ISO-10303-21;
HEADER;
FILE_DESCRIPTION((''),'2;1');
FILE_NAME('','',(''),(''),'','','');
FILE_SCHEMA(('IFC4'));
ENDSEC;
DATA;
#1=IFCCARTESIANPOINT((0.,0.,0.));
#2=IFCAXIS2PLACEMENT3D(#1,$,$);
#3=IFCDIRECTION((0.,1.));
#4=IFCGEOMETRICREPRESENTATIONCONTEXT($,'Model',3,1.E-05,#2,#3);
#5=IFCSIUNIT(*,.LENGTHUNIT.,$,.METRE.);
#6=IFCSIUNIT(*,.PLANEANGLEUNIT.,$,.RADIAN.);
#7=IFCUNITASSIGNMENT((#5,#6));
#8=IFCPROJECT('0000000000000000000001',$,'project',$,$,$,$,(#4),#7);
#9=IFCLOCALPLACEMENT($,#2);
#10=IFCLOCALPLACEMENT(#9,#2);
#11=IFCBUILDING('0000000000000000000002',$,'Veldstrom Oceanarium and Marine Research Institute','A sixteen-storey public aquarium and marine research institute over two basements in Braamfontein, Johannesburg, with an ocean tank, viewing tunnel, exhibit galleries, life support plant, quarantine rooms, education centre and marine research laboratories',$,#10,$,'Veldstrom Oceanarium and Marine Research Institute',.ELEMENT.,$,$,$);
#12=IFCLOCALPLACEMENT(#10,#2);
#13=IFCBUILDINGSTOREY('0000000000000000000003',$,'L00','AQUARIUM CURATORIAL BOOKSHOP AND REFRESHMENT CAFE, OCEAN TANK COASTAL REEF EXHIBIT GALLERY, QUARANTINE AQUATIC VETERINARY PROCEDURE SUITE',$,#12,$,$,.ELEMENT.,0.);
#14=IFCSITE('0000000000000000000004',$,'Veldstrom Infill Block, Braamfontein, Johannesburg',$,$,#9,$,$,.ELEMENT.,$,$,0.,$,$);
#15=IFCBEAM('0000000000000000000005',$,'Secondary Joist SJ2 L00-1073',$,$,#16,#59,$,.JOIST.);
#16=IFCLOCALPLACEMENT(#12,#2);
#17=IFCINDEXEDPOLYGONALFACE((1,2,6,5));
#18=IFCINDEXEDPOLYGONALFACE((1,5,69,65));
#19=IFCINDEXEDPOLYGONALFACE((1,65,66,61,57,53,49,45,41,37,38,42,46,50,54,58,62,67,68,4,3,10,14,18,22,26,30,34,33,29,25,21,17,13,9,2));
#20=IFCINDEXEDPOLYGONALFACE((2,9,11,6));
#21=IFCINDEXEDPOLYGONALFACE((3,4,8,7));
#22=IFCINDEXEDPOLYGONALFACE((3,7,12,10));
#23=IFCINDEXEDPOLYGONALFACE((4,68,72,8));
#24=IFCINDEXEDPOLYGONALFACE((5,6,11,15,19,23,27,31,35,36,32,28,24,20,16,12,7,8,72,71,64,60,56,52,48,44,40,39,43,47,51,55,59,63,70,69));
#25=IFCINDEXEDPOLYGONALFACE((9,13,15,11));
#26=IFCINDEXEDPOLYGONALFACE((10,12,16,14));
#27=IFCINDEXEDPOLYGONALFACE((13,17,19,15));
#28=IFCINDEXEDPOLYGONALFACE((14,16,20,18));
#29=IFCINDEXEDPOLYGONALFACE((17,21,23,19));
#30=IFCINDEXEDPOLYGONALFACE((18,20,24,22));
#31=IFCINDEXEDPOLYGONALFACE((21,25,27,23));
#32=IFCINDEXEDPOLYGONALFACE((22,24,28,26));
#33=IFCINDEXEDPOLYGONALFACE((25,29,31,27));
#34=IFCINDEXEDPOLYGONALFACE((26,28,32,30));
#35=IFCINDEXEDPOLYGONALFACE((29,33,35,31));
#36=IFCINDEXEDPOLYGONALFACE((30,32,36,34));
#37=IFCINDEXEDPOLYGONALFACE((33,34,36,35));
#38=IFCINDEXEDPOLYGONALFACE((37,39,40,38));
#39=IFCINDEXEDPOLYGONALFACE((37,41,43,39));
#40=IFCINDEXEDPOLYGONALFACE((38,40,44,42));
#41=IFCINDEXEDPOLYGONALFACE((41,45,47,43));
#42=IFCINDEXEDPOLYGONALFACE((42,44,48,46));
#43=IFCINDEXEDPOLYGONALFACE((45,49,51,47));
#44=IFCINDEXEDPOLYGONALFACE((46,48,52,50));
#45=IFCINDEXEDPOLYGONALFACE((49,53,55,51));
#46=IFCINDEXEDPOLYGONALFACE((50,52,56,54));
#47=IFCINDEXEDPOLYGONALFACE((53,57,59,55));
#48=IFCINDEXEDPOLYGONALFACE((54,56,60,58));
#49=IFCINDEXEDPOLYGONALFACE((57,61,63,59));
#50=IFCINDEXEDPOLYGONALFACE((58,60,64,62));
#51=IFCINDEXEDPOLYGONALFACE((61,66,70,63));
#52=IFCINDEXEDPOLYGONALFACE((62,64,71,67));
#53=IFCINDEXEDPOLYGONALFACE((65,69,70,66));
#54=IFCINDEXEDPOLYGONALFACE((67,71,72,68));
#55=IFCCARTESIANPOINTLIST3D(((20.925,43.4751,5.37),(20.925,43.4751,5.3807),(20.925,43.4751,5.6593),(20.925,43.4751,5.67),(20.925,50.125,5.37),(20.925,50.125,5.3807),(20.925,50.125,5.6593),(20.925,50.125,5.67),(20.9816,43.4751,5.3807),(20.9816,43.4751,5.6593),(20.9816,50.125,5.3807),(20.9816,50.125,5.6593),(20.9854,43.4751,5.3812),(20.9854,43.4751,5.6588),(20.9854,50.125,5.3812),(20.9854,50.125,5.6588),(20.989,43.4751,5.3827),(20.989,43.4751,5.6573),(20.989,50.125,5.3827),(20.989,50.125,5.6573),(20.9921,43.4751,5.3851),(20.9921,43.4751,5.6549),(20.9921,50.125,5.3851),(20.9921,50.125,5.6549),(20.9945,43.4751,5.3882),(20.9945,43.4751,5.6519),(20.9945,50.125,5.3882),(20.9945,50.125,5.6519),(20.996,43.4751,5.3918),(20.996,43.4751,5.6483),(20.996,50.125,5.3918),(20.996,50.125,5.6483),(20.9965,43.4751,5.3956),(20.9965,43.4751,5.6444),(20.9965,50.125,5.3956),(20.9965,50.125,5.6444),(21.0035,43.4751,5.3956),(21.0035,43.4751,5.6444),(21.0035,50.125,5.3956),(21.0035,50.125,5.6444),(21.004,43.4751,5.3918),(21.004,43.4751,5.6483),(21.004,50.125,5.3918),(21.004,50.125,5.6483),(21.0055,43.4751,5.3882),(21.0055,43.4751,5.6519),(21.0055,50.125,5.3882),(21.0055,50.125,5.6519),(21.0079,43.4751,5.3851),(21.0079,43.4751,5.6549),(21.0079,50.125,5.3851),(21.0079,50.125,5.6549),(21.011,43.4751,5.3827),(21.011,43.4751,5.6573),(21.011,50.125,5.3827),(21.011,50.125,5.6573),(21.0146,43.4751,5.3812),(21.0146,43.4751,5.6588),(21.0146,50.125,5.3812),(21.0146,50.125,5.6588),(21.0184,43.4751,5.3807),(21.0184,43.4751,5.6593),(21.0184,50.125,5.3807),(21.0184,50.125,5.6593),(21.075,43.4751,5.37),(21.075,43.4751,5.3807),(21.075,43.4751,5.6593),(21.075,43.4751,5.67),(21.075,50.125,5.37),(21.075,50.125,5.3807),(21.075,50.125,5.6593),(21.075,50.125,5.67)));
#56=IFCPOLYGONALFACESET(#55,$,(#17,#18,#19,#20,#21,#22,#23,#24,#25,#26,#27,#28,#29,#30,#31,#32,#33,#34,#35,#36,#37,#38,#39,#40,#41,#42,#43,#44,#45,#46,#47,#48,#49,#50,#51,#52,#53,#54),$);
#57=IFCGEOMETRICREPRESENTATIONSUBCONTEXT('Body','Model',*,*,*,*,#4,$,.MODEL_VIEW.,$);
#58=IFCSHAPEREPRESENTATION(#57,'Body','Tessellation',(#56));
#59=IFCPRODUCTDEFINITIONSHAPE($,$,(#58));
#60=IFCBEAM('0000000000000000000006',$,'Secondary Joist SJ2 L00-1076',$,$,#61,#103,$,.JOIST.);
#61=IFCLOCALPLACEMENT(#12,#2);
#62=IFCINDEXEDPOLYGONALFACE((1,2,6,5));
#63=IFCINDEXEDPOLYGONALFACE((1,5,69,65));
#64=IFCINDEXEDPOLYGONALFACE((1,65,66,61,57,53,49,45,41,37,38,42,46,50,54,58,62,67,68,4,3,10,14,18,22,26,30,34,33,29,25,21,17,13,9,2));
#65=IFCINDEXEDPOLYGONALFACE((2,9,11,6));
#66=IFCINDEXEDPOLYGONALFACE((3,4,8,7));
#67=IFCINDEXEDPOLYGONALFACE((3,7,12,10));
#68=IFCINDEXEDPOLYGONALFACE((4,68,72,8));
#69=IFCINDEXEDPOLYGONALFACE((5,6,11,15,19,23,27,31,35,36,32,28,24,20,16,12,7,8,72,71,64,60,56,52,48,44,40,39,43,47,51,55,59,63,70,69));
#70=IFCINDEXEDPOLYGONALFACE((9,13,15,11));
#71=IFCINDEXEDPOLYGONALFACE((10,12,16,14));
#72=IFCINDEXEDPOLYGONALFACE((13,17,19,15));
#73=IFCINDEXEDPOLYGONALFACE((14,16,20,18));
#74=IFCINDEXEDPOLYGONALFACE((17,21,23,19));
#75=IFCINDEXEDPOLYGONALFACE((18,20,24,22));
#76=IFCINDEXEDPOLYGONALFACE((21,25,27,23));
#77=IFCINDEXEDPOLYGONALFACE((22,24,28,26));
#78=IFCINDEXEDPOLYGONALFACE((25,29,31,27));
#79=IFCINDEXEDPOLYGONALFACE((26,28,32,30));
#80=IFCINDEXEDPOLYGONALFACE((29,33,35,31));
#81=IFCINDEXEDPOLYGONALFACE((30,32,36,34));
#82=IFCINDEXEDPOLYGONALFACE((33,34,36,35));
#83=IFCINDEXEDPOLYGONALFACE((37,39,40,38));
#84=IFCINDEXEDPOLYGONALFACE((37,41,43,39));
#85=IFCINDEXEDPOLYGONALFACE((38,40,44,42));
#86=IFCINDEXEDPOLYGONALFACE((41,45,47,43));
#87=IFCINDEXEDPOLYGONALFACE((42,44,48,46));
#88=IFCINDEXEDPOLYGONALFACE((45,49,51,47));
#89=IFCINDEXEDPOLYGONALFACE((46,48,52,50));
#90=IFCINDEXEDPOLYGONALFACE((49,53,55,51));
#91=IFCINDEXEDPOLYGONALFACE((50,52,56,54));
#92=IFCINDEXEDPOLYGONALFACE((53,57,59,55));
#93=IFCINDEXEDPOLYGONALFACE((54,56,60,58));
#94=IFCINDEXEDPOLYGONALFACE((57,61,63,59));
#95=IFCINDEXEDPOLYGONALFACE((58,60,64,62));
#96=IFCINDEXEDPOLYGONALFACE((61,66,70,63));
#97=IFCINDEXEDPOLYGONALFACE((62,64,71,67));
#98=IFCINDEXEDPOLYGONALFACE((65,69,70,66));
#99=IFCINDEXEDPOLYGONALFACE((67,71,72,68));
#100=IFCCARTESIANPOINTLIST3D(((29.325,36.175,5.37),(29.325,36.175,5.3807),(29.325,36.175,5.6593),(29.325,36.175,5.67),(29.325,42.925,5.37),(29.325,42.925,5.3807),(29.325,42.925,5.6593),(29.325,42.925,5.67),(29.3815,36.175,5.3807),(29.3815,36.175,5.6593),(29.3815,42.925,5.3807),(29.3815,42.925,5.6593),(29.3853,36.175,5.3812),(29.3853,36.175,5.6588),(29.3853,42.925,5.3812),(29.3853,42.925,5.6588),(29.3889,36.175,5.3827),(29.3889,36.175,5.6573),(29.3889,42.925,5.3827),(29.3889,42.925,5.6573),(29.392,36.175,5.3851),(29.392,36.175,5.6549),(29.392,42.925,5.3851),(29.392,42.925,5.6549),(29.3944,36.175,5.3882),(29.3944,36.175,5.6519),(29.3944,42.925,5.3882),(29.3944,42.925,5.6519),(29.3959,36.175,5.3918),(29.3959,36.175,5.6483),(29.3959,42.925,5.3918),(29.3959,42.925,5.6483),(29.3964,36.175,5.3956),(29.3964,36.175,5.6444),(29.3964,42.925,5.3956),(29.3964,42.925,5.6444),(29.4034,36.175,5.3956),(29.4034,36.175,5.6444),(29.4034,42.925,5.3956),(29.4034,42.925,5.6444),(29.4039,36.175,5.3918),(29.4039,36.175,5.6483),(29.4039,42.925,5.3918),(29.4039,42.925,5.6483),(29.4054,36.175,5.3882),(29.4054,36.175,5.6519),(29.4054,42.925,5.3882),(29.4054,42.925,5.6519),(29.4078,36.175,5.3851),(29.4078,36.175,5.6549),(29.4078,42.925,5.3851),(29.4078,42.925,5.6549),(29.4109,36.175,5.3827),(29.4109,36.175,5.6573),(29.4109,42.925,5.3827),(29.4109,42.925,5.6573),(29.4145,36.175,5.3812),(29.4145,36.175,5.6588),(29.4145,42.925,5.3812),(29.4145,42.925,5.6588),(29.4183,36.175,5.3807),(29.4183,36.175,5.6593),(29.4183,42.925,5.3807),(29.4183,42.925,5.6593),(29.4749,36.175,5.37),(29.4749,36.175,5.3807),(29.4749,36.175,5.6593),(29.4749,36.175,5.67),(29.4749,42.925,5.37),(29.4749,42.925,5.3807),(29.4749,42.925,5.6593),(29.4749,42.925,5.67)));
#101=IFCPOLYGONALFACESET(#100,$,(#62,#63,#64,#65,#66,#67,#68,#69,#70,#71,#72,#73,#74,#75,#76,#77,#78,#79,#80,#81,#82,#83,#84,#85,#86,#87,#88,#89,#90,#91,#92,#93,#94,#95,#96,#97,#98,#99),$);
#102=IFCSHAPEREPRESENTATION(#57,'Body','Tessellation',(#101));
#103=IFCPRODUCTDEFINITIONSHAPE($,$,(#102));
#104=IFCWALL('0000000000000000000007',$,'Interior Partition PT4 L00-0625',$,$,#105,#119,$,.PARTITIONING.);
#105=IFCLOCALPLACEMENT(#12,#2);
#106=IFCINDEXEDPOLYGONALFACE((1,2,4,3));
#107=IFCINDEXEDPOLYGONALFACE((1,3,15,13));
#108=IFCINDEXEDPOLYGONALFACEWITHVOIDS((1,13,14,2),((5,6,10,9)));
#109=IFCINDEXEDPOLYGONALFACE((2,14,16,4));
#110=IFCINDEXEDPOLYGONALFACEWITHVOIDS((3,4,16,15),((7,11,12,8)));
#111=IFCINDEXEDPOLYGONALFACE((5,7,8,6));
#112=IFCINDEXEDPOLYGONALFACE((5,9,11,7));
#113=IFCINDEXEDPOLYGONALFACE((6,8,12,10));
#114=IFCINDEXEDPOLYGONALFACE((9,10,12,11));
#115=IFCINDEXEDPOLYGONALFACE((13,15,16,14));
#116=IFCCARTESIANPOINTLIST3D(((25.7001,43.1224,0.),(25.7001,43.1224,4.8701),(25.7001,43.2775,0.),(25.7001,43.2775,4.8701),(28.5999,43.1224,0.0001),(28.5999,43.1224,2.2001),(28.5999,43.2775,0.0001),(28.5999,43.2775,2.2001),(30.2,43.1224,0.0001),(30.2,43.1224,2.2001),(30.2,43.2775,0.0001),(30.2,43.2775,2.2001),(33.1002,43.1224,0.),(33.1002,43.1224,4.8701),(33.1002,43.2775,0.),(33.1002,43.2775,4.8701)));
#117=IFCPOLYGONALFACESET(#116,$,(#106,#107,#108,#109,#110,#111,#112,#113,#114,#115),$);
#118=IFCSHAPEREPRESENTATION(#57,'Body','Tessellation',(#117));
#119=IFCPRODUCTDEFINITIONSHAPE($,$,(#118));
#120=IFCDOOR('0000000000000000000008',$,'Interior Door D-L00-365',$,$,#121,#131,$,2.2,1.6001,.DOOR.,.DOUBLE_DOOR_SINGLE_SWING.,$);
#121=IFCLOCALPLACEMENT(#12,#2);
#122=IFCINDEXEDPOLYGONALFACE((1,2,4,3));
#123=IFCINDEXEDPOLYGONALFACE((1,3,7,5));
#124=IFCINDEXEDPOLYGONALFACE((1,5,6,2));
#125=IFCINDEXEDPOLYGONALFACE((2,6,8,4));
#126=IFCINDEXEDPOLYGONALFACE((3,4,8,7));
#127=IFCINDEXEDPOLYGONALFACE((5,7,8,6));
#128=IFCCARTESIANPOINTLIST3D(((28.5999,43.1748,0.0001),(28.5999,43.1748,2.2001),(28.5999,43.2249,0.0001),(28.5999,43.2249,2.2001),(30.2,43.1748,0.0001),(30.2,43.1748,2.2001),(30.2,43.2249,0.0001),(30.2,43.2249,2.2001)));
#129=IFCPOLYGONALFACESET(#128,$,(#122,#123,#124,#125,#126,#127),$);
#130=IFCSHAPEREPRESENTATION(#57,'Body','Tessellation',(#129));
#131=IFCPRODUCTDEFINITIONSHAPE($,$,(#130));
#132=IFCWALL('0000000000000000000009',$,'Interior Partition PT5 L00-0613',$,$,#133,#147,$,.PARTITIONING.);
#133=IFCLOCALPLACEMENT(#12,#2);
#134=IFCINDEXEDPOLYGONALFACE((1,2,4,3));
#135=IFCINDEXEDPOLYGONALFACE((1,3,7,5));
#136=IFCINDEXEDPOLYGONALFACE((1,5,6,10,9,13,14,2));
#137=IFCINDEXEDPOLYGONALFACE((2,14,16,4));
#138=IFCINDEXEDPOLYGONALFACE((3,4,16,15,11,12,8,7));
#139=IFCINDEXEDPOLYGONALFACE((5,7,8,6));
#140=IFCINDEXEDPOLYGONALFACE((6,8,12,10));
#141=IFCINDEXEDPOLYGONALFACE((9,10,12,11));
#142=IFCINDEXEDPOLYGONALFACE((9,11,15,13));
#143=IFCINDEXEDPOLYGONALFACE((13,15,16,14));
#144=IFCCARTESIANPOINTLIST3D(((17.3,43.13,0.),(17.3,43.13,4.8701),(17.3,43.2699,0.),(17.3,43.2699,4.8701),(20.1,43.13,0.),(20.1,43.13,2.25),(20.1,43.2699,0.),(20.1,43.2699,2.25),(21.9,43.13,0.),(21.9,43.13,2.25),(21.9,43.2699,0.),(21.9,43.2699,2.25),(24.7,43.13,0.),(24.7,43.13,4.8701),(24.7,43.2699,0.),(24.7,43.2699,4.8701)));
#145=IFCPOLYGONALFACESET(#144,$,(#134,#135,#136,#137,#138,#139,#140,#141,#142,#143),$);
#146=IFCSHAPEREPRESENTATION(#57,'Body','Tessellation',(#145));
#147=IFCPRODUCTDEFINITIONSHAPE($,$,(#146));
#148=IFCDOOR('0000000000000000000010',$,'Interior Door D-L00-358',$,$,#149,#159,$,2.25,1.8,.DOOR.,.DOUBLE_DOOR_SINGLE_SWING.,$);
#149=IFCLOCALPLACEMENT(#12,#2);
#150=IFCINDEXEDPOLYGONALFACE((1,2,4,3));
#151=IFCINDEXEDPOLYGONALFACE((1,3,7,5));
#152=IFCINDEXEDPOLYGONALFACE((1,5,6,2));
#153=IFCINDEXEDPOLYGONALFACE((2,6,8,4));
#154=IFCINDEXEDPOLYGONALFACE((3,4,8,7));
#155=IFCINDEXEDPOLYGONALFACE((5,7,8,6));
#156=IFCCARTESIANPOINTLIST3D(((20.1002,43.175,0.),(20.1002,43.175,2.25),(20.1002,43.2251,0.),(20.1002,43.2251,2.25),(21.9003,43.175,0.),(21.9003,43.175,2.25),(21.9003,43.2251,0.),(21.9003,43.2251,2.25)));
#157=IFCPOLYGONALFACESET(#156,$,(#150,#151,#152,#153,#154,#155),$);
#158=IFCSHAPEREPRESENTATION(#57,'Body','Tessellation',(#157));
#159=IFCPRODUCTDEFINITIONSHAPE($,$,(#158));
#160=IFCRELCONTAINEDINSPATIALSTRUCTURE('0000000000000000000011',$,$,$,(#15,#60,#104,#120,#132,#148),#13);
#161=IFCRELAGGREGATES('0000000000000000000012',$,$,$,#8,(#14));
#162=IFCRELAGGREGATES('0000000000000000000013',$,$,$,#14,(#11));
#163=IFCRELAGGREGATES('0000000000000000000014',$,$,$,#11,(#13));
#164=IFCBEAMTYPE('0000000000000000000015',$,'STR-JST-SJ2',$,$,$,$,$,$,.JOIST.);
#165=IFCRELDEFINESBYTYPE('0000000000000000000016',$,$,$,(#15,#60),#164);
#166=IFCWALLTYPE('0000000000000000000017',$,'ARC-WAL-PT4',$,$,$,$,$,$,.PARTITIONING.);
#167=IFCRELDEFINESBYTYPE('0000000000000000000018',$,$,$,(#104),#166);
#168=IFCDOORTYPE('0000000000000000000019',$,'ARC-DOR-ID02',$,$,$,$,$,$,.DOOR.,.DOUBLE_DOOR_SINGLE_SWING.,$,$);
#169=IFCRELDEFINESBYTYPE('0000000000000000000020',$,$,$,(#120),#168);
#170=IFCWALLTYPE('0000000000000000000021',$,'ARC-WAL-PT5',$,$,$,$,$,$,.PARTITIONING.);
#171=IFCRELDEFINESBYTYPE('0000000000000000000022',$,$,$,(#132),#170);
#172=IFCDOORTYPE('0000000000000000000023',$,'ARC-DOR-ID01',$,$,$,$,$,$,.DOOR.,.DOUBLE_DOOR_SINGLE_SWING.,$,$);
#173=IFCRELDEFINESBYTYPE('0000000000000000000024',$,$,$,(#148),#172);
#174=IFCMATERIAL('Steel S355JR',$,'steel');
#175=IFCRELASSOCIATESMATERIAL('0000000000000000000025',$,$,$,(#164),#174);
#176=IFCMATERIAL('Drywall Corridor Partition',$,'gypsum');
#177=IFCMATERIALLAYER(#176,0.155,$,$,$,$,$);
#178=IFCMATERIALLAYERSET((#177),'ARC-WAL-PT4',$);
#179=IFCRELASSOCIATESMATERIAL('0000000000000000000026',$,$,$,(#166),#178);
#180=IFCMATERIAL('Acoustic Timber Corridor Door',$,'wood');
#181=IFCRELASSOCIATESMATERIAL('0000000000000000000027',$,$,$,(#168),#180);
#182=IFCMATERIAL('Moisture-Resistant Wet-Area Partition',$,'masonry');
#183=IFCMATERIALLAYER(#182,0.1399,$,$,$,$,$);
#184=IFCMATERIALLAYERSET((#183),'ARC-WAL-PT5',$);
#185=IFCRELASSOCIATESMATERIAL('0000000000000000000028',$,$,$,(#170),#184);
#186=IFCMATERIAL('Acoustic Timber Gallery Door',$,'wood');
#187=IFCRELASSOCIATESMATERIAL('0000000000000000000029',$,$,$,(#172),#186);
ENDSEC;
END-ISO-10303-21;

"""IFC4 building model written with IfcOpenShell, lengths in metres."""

from ifc_helpers import new_model, si_unit, direction, frame, frame_2d, origin, origin_2d, place, context, subcontext, project, spatial, rectangle, i_section, extrude, material, layer, layer_set, material_profile, profile_set, type_object, element, fill, save


model = new_model("IFC4")

# Units and contexts
model_context = context("Model", 3, precision=1e-05, world=origin(), true_north=direction((0.0, 1.0)))
body_context = subcontext(model_context, "Body", "Model", "MODEL_VIEW")
ifc_project = project(units=[si_unit("LENGTHUNIT", "METRE"), si_unit("PLANEANGLEUNIT", "RADIAN")], contexts=[model_context])

# Site, building, storey
site_placement = place(None, origin())
site = spatial("IfcSite", under=ifc_project, at=site_placement, Name="Veldstrom Infill Block, Braamfontein, Johannesburg", CompositionType="ELEMENT", RefElevation=0.0)
building_placement = place(site_placement, origin())
building = spatial("IfcBuilding", under=site, at=building_placement, Name="Veldstrom Oceanarium and Marine Research Institute", Description="A sixteen-storey public aquarium and marine research institute over two basements in Braamfontein, Johannesburg, with an ocean tank, viewing tunnel, exhibit galleries, life support plant, quarantine rooms, education centre and marine research laboratories", LongName="Veldstrom Oceanarium and Marine Research Institute", CompositionType="ELEMENT")
storey_placement = place(building_placement, origin())
storey = spatial("IfcBuildingStorey", under=building, at=storey_placement, Name="L00", Description="AQUARIUM CURATORIAL BOOKSHOP AND REFRESHMENT CAFE, OCEAN TANK COASTAL REEF EXHIBIT GALLERY, QUARANTINE AQUATIC VETERINARY PROCEDURE SUITE", CompositionType="ELEMENT", Elevation=0.0)

# Beams
ifc_material_1 = material(Name="Steel S355JR", Category="steel")
ifc_material_profile_1 = material_profile(ifc_material_1, i_section(OverallWidth=0.1499, OverallDepth=0.3, WebThickness=0.0071, FlangeThickness=0.0107, FilletRadius=0.0149, at=origin_2d()), Name="IPE 300")
ifc_profile_set_1 = profile_set([ifc_material_profile_1], Name="Steel S355JR")
beam_type_1 = type_object("IfcBeamType", Name="STR-JST-SJ2", PredefinedType="JOIST", material=ifc_profile_set_1)
beam_1_placement = place(storey_placement, frame((21.0, 43.4751, 5.52), z_axis=(0.0, 1.0, 0.0), x_axis=(-1.0, 0.0, 0.0)))
element("IfcBeam", 1, at=beam_1_placement, inside=storey, type_object=beam_type_1, Name="Secondary Joist SJ2 L00-1073", PredefinedType="JOIST", context=body_context, shape_type="SweptSolid", body=[
    extrude(i_section(OverallWidth=0.1499, OverallDepth=0.3, WebThickness=0.0071, FlangeThickness=0.0107, FilletRadius=0.0149, at=origin_2d()), origin(), (0.0, 0.0, 1.0), 6.6499),
])
beam_2_placement = place(storey_placement, frame((29.3999, 36.175, 5.52), z_axis=(0.0, 1.0, 0.0), x_axis=(-1.0, 0.0, 0.0)))
element("IfcBeam", 2, at=beam_2_placement, inside=storey, type_object=beam_type_1, Name="Secondary Joist SJ2 L00-1076", PredefinedType="JOIST", context=body_context, shape_type="SweptSolid", body=[
    extrude(i_section(OverallWidth=0.1499, OverallDepth=0.3, WebThickness=0.0071, FlangeThickness=0.0107, FilletRadius=0.0149, at=origin_2d()), origin(), (0.0, 0.0, 1.0), 6.75),
])

# Walls, openings, doors
ifc_material_2 = material(Name="Drywall Corridor Partition", Category="gypsum")
ifc_layer_1 = layer(ifc_material_2, 0.155)
ifc_layer_set_1 = layer_set([ifc_layer_1], Name="ARC-WAL-PT4")
wall_type_1 = type_object("IfcWallType", Name="ARC-WAL-PT4", PredefinedType="PARTITIONING", material=ifc_layer_set_1)
wall_1_placement = place(storey_placement, frame((25.7, 43.2, 0.0), z_axis=(0.0, 0.0, 1.0), x_axis=(1.0, 0.0, 0.0)))
wall_1 = element("IfcWall", 3, at=wall_1_placement, inside=storey, type_object=wall_type_1, Name="Interior Partition PT4 L00-0625", PredefinedType="PARTITIONING", context=body_context, shape_type="SweptSolid", body=[
    extrude(rectangle(XDim=7.4001, YDim=0.155, at=frame_2d((3.7002, 0.0))), origin(), (0.0, 0.0, 1.0), 4.8701),
])
opening_1_placement = place(wall_1_placement, frame((2.8999, 0.0, 0.0)))
opening_1 = element("IfcOpeningElement", 4, at=opening_1_placement, cuts=wall_1, PredefinedType="OPENING", context=body_context, shape_type="SweptSolid", body=[
    extrude(rectangle(XDim=1.6001, YDim=2.2, at=frame_2d((0.8, 1.1001))), frame((0.0, 0.0874, 0.0), z_axis=(0.0, -1.0, 0.0), x_axis=(1.0, 0.0, 0.0)), (0.0, 0.0, 1.0), 0.175),
])
ifc_material_3 = material(Name="Acoustic Timber Corridor Door", Category="wood")
door_type_1 = type_object("IfcDoorType", Name="ARC-DOR-ID02", OperationType="DOUBLE_DOOR_SINGLE_SWING", PredefinedType="DOOR", material=ifc_material_3)
door_1_placement = place(opening_1_placement, origin())
door_1 = element("IfcDoor", 5, at=door_1_placement, inside=storey, type_object=door_type_1, Name="Interior Door D-L00-365", OperationType="DOUBLE_DOOR_SINGLE_SWING", OverallHeight=2.2, OverallWidth=1.6001, PredefinedType="DOOR", context=body_context, shape_type="SweptSolid", body=[
    extrude(rectangle(XDim=1.6001, YDim=2.2, at=frame_2d((0.8, 1.1001))), frame((0.0, 0.0249, 0.0), z_axis=(0.0, -1.0, 0.0), x_axis=(1.0, 0.0, 0.0)), (0.0, 0.0, 1.0), 0.05),
])
fill(opening_1, door_1)
ifc_material_4 = material(Name="Moisture-Resistant Wet-Area Partition", Category="masonry")
ifc_layer_2 = layer(ifc_material_4, 0.1399)
ifc_layer_set_2 = layer_set([ifc_layer_2], Name="ARC-WAL-PT5")
wall_type_2 = type_object("IfcWallType", Name="ARC-WAL-PT5", PredefinedType="PARTITIONING", material=ifc_layer_set_2)
wall_2_placement = place(storey_placement, frame((17.3, 43.2, 0.0), z_axis=(0.0, 0.0, 1.0), x_axis=(1.0, 0.0, 0.0)))
wall_2 = element("IfcWall", 6, at=wall_2_placement, inside=storey, type_object=wall_type_2, Name="Interior Partition PT5 L00-0613", PredefinedType="PARTITIONING", context=body_context, shape_type="SweptSolid", body=[
    extrude(rectangle(XDim=7.3999, YDim=0.1399, at=frame_2d((3.7, 0.0))), origin(), (0.0, 0.0, 1.0), 4.8701),
])
opening_2_placement = place(wall_2_placement, frame((2.8, 0.0, 0.0)))
opening_2 = element("IfcOpeningElement", 7, at=opening_2_placement, cuts=wall_2, PredefinedType="OPENING", context=body_context, shape_type="SweptSolid", body=[
    extrude(rectangle(XDim=1.8, YDim=2.25, at=frame_2d((0.8999, 1.125))), frame((0.0, 0.0798, 0.0), z_axis=(0.0, -1.0, 0.0), x_axis=(1.0, 0.0, 0.0)), (0.0, 0.0, 1.0), 0.1599),
])
ifc_material_5 = material(Name="Acoustic Timber Gallery Door", Category="wood")
door_type_2 = type_object("IfcDoorType", Name="ARC-DOR-ID01", OperationType="DOUBLE_DOOR_SINGLE_SWING", PredefinedType="DOOR", material=ifc_material_5)
door_2_placement = place(opening_2_placement, frame((1.8, 0.0, 0.0), z_axis=(0.0, 0.0, 1.0), x_axis=(-1.0, 0.0, 0.0)))
door_2 = element("IfcDoor", 8, at=door_2_placement, inside=storey, type_object=door_type_2, Name="Interior Door D-L00-358", OperationType="DOUBLE_DOOR_SINGLE_SWING", OverallHeight=2.25, OverallWidth=1.8, PredefinedType="DOOR", context=body_context, shape_type="SweptSolid", body=[
    extrude(rectangle(XDim=1.8, YDim=2.25, at=frame_2d((0.8999, 1.125))), frame((0.0, 0.0249, 0.0), z_axis=(0.0, -1.0, 0.0), x_axis=(1.0, 0.0, 0.0)), (0.0, 0.0, 1.0), 0.05),
])
fill(opening_2, door_2)

save(model, "model.ifc")
